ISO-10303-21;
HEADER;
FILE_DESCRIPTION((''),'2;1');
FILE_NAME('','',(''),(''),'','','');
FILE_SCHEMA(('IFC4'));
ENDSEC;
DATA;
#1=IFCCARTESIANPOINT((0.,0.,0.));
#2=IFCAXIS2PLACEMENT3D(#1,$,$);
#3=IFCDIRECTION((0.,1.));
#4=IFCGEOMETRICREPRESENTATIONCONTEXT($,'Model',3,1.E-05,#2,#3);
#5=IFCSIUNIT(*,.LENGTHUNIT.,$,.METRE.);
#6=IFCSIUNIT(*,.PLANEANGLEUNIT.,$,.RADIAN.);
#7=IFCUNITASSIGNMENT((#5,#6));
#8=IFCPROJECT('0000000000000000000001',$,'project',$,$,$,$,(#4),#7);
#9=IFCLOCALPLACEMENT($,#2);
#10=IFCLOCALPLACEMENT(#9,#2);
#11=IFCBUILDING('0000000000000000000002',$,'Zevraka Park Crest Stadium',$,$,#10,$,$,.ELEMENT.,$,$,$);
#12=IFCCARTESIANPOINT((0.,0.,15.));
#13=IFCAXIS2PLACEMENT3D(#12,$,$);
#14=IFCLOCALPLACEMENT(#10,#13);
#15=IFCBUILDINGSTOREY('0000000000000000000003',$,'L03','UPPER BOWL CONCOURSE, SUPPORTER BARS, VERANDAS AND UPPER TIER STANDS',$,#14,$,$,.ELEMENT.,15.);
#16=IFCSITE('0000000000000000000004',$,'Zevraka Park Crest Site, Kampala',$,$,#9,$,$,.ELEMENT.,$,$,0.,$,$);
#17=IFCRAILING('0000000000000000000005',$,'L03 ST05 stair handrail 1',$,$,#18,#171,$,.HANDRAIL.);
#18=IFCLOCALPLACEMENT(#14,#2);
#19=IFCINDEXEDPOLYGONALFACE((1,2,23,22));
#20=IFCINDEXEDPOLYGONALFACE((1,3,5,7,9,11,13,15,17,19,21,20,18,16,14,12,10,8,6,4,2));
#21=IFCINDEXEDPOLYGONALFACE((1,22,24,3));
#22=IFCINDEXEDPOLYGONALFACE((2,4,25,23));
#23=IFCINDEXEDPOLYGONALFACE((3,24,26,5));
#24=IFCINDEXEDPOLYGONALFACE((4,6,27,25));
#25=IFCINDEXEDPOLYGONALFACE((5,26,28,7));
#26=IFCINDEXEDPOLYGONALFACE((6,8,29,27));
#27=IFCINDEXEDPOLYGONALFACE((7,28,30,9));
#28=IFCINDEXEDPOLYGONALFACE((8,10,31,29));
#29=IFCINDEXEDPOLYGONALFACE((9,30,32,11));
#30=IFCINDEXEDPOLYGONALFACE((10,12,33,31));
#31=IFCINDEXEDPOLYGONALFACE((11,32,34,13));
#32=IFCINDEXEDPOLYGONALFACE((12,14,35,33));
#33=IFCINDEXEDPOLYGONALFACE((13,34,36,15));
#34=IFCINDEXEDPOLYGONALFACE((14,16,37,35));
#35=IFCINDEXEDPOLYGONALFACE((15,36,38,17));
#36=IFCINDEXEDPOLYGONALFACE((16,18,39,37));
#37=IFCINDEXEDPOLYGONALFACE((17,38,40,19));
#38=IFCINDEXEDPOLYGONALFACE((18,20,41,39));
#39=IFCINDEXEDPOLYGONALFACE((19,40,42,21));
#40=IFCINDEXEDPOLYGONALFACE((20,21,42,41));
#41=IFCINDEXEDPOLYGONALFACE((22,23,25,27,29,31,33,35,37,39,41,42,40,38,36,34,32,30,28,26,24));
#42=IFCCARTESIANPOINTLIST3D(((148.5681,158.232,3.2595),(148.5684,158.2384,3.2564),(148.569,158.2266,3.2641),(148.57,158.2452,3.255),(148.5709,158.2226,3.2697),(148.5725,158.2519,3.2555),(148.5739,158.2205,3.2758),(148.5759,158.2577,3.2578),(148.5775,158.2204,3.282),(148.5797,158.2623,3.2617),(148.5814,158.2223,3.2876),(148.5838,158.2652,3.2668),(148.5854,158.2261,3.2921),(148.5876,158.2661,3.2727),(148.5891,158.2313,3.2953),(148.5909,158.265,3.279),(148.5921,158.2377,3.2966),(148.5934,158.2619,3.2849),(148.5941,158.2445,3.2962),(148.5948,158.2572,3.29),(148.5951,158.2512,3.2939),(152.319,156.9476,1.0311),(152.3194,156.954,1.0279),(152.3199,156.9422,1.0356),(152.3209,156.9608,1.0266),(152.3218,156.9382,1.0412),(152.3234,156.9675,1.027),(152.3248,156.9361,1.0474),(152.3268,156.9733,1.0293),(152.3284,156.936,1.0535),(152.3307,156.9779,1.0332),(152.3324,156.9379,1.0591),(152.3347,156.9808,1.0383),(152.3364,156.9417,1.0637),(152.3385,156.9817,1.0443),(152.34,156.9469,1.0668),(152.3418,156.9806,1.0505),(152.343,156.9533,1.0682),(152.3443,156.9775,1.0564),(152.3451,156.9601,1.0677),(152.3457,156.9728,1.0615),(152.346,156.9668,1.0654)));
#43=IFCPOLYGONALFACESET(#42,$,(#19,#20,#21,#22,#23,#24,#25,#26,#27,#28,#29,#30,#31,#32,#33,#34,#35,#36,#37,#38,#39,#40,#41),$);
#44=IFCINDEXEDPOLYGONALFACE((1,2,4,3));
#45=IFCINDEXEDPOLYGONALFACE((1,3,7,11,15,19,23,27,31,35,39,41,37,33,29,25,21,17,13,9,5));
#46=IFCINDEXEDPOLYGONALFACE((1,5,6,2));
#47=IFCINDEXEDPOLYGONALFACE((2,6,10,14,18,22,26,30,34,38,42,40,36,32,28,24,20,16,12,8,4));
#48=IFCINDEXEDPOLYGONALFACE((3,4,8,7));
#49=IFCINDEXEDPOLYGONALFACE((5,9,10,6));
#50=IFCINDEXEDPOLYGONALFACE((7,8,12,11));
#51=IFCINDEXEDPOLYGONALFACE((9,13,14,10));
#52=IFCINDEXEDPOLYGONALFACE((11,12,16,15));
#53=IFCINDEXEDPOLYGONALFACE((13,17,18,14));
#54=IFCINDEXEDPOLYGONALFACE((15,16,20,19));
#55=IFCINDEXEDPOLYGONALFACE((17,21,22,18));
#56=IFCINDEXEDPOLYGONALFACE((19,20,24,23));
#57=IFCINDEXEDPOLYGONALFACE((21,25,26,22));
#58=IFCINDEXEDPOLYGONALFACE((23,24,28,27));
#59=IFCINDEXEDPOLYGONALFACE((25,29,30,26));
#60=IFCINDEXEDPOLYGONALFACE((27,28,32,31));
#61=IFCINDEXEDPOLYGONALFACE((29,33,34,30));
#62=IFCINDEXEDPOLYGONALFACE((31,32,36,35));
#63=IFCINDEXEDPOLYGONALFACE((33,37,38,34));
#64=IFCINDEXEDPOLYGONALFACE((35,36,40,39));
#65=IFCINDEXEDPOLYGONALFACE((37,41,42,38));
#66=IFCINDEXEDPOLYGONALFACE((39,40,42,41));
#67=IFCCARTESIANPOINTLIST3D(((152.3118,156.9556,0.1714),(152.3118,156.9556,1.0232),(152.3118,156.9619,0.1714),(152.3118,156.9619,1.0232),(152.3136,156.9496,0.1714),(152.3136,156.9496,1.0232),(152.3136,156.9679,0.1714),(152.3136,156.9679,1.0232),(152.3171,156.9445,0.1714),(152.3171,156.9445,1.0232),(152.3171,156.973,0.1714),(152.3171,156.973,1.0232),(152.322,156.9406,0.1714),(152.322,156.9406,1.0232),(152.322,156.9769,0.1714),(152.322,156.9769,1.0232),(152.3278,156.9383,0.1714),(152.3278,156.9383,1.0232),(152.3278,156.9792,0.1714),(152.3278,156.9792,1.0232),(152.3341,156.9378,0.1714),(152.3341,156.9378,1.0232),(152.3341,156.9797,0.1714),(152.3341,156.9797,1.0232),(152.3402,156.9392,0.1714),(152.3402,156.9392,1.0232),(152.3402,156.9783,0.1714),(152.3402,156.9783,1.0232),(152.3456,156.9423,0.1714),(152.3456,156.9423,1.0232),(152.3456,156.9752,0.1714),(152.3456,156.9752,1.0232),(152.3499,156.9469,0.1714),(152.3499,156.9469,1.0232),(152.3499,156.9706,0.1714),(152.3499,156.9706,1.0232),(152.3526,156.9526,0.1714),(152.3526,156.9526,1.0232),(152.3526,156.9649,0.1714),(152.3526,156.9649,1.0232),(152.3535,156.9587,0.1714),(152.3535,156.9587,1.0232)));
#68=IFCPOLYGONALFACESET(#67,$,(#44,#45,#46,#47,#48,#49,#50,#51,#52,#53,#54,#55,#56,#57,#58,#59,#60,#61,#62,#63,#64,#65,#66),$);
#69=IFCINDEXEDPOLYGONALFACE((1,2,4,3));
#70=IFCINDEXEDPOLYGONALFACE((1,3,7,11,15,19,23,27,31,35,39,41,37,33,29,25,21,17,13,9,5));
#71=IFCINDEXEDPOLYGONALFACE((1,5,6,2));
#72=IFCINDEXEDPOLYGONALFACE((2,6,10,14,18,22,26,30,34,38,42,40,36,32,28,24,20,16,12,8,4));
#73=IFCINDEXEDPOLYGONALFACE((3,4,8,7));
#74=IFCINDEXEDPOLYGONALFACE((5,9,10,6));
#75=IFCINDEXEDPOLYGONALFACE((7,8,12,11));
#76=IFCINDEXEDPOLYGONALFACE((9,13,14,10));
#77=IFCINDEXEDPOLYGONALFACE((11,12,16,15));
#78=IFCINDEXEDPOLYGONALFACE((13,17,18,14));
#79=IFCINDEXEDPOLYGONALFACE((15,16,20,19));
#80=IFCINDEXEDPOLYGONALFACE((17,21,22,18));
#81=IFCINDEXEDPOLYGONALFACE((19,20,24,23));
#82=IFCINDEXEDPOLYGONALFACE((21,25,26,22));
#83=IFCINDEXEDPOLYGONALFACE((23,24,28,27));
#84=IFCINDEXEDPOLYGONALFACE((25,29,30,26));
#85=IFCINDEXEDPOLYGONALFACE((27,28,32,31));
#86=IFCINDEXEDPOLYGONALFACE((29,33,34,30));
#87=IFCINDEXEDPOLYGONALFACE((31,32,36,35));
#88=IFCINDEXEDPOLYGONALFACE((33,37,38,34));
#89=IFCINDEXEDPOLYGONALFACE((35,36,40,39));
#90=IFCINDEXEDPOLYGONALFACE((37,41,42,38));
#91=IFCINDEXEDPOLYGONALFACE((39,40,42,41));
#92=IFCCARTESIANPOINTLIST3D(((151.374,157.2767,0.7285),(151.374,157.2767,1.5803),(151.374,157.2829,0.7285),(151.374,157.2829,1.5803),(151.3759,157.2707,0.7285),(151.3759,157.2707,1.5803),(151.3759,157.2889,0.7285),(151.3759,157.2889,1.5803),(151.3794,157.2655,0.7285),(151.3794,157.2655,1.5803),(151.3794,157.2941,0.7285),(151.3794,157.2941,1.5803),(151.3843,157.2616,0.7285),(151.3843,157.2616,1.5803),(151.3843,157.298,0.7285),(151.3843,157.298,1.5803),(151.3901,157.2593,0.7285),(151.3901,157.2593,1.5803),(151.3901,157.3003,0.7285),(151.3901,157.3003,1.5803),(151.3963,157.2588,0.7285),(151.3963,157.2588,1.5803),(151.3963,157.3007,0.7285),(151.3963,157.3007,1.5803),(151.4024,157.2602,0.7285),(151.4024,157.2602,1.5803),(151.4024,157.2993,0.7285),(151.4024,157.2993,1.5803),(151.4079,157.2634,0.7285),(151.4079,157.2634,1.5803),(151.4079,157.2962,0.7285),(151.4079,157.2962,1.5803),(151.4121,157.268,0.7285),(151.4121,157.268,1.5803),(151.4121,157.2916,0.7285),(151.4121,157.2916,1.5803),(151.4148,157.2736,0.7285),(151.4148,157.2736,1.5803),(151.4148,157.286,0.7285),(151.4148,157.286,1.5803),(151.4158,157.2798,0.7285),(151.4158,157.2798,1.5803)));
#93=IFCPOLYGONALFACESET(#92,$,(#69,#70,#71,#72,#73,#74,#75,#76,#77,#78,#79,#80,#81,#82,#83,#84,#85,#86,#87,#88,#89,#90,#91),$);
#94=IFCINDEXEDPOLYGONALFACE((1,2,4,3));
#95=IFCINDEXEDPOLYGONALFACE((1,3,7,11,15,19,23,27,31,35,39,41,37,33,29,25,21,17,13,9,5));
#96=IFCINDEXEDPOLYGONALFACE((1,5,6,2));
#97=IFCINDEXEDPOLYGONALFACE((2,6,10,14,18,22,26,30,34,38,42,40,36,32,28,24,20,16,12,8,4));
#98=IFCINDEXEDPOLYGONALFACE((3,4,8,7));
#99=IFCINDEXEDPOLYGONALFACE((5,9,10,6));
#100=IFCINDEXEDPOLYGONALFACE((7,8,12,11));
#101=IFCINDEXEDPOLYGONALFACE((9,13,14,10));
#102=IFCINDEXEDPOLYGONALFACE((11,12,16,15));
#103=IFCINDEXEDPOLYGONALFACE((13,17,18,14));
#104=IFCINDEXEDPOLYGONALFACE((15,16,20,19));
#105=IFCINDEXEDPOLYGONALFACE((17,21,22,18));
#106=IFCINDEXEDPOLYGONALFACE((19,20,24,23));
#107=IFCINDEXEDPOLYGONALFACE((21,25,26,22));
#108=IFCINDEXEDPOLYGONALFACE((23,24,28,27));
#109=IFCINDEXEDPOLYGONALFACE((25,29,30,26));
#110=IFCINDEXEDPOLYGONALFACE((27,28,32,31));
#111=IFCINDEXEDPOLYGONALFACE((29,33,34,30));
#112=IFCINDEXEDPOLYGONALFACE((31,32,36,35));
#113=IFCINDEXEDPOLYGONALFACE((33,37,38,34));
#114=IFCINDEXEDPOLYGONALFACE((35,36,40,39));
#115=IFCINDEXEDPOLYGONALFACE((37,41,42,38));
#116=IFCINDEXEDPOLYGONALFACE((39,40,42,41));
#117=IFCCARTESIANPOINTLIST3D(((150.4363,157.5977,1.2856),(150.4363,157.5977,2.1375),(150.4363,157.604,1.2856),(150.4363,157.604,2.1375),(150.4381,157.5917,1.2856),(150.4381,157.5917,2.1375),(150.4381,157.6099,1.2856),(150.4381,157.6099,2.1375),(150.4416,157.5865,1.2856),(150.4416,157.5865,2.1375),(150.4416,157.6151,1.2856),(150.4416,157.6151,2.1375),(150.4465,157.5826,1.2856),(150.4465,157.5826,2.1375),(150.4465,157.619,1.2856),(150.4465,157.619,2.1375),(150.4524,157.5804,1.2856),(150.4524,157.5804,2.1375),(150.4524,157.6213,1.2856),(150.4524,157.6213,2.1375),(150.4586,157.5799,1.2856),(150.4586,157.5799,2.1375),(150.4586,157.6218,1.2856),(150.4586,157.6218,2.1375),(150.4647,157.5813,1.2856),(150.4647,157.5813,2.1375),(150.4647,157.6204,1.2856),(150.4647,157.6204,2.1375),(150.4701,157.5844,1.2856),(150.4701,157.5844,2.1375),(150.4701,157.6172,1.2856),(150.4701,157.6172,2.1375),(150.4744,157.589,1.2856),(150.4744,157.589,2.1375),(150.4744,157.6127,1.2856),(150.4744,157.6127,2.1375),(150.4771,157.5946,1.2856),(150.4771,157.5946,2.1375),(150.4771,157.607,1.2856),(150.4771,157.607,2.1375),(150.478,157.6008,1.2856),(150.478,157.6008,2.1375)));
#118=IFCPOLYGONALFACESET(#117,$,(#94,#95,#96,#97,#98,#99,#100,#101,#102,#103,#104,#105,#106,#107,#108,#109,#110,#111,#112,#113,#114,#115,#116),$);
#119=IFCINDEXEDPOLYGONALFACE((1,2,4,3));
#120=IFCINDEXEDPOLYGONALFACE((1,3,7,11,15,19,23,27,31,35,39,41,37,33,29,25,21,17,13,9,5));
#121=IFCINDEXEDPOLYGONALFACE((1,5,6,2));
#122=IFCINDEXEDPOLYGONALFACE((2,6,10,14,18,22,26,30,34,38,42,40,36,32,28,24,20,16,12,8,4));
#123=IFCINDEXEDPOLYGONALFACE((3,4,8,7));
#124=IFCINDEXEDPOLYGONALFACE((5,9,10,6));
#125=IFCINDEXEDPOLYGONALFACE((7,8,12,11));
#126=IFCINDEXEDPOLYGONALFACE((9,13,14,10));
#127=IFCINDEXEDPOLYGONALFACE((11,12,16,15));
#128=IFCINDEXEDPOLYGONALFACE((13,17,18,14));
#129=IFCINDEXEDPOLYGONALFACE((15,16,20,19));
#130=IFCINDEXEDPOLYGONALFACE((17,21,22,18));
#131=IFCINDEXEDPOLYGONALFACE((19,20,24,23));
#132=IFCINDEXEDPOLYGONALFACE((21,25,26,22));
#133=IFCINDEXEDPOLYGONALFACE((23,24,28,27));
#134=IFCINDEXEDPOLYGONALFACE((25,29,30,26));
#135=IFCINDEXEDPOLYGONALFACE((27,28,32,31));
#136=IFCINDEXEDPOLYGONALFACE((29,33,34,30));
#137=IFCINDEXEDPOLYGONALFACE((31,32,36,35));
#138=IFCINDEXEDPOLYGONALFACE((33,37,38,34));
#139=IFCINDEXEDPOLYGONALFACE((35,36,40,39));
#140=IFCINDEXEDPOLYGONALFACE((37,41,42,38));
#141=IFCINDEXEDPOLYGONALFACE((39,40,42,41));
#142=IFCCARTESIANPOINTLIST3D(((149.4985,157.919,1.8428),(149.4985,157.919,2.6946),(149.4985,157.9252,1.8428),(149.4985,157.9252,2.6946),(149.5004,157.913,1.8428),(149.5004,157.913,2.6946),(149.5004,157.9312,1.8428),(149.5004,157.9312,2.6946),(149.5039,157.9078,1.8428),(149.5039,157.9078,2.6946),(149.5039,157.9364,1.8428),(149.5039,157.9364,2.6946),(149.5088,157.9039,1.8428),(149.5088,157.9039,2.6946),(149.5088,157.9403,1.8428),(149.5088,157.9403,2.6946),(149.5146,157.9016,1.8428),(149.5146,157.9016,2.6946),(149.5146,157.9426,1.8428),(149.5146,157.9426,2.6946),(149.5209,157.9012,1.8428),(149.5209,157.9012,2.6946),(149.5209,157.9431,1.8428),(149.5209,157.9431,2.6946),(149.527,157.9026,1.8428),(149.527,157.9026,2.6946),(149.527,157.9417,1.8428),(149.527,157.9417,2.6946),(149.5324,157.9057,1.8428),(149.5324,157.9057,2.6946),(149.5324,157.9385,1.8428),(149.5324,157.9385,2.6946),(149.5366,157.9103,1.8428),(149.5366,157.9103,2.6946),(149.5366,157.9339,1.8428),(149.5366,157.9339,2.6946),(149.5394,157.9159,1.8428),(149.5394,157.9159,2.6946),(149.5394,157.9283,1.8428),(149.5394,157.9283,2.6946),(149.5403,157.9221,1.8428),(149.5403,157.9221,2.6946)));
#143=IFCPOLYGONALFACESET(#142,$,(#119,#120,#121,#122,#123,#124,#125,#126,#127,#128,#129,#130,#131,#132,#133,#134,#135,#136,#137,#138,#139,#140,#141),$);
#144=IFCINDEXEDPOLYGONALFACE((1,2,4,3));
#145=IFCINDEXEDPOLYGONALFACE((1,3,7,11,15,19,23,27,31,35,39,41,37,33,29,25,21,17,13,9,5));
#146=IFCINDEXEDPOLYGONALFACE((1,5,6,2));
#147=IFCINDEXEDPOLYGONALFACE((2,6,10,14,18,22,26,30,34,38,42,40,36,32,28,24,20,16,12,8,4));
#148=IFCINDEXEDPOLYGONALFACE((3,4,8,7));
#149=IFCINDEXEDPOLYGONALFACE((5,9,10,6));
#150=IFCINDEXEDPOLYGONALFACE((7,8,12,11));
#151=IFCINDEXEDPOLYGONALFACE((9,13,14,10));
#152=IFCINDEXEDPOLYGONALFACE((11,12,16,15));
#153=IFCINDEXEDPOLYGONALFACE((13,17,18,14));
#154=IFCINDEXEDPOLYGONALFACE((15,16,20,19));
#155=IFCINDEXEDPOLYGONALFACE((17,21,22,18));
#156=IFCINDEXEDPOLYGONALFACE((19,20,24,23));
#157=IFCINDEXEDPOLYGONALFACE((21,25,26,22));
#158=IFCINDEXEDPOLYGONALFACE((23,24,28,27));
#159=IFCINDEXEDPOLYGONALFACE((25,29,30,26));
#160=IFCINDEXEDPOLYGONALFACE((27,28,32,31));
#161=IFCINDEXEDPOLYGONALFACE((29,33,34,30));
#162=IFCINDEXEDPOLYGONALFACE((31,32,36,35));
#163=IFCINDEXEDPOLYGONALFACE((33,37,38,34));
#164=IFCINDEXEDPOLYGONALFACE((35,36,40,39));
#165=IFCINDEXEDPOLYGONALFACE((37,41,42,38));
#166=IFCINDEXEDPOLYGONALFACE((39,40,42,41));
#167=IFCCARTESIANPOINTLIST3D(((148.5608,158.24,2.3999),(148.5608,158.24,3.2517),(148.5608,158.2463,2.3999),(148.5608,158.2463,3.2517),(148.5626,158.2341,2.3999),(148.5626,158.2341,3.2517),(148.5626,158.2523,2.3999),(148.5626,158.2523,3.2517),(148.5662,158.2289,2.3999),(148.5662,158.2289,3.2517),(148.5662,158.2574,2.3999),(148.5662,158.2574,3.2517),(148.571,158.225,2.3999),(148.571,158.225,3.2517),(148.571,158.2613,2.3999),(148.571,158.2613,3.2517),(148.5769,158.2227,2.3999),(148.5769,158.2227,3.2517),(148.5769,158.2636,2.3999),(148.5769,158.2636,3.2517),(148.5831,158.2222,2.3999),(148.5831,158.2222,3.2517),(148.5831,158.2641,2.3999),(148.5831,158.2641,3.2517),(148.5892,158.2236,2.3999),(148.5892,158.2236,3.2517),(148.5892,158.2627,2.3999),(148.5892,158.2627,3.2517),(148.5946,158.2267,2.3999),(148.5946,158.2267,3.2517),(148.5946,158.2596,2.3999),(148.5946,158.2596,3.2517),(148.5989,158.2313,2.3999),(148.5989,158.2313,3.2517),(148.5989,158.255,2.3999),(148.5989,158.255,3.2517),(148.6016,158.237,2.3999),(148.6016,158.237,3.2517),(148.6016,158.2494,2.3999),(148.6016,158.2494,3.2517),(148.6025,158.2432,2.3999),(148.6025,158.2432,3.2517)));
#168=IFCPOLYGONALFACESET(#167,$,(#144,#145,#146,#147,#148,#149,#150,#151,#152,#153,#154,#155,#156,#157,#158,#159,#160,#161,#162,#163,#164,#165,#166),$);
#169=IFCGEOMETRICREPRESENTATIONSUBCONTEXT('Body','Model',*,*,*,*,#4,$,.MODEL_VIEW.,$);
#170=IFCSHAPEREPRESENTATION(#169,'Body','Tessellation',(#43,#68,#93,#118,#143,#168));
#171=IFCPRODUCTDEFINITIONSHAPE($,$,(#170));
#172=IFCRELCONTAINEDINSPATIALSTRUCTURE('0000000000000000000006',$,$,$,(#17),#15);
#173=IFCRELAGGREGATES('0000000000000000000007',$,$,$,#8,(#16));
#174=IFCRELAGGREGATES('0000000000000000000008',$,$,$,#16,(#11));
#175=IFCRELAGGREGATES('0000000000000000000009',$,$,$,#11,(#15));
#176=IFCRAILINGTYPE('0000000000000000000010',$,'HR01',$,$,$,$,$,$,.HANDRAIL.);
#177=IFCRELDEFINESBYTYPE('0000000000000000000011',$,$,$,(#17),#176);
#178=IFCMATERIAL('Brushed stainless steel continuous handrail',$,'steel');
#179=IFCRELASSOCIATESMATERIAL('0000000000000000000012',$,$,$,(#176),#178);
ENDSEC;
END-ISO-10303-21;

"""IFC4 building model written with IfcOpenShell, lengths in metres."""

from ifc_helpers import new_model, si_unit, direction, frame, origin, origin_2d, place, context, subcontext, project, spatial, circle, extrude, material, type_object, element, save


model = new_model("IFC4")

# Units and contexts
model_context = context("Model", 3, precision=1e-05, world=origin(), true_north=direction((0.0, 1.0)))
body_context = subcontext(model_context, "Body", "Model", "MODEL_VIEW")
ifc_project = project(units=[si_unit("LENGTHUNIT", "METRE"), si_unit("PLANEANGLEUNIT", "RADIAN")], contexts=[model_context])

# Site, building, storey
site_placement = place(None, origin())
site = spatial("IfcSite", under=ifc_project, at=site_placement, Name="Zevraka Park Crest Site, Kampala", CompositionType="ELEMENT", RefElevation=0.0)
building_placement = place(site_placement, origin())
building = spatial("IfcBuilding", under=site, at=building_placement, Name="Zevraka Park Crest Stadium", CompositionType="ELEMENT")
storey_placement = place(building_placement, frame((0.0, 0.0, 15.0)))
storey = spatial("IfcBuildingStorey", under=building, at=storey_placement, Name="L03", Description="UPPER BOWL CONCOURSE, SUPPORTER BARS, VERANDAS AND UPPER TIER STANDS", CompositionType="ELEMENT", Elevation=15.0)

# Railing
ifc_material_1 = material(Name="Brushed stainless steel continuous handrail", Category="steel")
railing_type_1 = type_object("IfcRailingType", Name="HR01", PredefinedType="HANDRAIL", material=ifc_material_1)
railing_1_placement = place(storey_placement, frame((152.3325, 156.9587, 0.1714)))
element("IfcRailing", 1, at=railing_1_placement, inside=storey, type_object=railing_type_1, Name="L03 ST05 stair handrail 1", PredefinedType="HANDRAIL", context=body_context, shape_type="SweptSolid", body=[
    extrude(circle(Radius=0.0239, at=origin_2d()), frame((0.0, 0.0, 0.876), z_axis=(-0.824722, 0.282405, 0.489981), x_axis=(-0.323957, -0.946072, 0.0)), (0.0, 0.0, 1.0), 4.5481),
    extrude(circle(Radius=0.021, at=origin_2d()), origin(), (0.0, 0.0, 1.0), 0.8518),
    extrude(circle(Radius=0.021, at=origin_2d()), frame((-0.9377, 0.321, 0.5571)), (0.0, 0.0, 1.0), 0.8518),
    extrude(circle(Radius=0.021, at=origin_2d()), frame((-1.8755, 0.6421, 1.1143)), (0.0, 0.0, 1.0), 0.8518),
    extrude(circle(Radius=0.021, at=origin_2d()), frame((-2.8132, 0.9634, 1.6714)), (0.0, 0.0, 1.0), 0.8518),
    extrude(circle(Radius=0.021, at=origin_2d()), frame((-3.751, 1.2844, 2.2285)), (0.0, 0.0, 1.0), 0.8518),
])

save(model, "model.ifc")
